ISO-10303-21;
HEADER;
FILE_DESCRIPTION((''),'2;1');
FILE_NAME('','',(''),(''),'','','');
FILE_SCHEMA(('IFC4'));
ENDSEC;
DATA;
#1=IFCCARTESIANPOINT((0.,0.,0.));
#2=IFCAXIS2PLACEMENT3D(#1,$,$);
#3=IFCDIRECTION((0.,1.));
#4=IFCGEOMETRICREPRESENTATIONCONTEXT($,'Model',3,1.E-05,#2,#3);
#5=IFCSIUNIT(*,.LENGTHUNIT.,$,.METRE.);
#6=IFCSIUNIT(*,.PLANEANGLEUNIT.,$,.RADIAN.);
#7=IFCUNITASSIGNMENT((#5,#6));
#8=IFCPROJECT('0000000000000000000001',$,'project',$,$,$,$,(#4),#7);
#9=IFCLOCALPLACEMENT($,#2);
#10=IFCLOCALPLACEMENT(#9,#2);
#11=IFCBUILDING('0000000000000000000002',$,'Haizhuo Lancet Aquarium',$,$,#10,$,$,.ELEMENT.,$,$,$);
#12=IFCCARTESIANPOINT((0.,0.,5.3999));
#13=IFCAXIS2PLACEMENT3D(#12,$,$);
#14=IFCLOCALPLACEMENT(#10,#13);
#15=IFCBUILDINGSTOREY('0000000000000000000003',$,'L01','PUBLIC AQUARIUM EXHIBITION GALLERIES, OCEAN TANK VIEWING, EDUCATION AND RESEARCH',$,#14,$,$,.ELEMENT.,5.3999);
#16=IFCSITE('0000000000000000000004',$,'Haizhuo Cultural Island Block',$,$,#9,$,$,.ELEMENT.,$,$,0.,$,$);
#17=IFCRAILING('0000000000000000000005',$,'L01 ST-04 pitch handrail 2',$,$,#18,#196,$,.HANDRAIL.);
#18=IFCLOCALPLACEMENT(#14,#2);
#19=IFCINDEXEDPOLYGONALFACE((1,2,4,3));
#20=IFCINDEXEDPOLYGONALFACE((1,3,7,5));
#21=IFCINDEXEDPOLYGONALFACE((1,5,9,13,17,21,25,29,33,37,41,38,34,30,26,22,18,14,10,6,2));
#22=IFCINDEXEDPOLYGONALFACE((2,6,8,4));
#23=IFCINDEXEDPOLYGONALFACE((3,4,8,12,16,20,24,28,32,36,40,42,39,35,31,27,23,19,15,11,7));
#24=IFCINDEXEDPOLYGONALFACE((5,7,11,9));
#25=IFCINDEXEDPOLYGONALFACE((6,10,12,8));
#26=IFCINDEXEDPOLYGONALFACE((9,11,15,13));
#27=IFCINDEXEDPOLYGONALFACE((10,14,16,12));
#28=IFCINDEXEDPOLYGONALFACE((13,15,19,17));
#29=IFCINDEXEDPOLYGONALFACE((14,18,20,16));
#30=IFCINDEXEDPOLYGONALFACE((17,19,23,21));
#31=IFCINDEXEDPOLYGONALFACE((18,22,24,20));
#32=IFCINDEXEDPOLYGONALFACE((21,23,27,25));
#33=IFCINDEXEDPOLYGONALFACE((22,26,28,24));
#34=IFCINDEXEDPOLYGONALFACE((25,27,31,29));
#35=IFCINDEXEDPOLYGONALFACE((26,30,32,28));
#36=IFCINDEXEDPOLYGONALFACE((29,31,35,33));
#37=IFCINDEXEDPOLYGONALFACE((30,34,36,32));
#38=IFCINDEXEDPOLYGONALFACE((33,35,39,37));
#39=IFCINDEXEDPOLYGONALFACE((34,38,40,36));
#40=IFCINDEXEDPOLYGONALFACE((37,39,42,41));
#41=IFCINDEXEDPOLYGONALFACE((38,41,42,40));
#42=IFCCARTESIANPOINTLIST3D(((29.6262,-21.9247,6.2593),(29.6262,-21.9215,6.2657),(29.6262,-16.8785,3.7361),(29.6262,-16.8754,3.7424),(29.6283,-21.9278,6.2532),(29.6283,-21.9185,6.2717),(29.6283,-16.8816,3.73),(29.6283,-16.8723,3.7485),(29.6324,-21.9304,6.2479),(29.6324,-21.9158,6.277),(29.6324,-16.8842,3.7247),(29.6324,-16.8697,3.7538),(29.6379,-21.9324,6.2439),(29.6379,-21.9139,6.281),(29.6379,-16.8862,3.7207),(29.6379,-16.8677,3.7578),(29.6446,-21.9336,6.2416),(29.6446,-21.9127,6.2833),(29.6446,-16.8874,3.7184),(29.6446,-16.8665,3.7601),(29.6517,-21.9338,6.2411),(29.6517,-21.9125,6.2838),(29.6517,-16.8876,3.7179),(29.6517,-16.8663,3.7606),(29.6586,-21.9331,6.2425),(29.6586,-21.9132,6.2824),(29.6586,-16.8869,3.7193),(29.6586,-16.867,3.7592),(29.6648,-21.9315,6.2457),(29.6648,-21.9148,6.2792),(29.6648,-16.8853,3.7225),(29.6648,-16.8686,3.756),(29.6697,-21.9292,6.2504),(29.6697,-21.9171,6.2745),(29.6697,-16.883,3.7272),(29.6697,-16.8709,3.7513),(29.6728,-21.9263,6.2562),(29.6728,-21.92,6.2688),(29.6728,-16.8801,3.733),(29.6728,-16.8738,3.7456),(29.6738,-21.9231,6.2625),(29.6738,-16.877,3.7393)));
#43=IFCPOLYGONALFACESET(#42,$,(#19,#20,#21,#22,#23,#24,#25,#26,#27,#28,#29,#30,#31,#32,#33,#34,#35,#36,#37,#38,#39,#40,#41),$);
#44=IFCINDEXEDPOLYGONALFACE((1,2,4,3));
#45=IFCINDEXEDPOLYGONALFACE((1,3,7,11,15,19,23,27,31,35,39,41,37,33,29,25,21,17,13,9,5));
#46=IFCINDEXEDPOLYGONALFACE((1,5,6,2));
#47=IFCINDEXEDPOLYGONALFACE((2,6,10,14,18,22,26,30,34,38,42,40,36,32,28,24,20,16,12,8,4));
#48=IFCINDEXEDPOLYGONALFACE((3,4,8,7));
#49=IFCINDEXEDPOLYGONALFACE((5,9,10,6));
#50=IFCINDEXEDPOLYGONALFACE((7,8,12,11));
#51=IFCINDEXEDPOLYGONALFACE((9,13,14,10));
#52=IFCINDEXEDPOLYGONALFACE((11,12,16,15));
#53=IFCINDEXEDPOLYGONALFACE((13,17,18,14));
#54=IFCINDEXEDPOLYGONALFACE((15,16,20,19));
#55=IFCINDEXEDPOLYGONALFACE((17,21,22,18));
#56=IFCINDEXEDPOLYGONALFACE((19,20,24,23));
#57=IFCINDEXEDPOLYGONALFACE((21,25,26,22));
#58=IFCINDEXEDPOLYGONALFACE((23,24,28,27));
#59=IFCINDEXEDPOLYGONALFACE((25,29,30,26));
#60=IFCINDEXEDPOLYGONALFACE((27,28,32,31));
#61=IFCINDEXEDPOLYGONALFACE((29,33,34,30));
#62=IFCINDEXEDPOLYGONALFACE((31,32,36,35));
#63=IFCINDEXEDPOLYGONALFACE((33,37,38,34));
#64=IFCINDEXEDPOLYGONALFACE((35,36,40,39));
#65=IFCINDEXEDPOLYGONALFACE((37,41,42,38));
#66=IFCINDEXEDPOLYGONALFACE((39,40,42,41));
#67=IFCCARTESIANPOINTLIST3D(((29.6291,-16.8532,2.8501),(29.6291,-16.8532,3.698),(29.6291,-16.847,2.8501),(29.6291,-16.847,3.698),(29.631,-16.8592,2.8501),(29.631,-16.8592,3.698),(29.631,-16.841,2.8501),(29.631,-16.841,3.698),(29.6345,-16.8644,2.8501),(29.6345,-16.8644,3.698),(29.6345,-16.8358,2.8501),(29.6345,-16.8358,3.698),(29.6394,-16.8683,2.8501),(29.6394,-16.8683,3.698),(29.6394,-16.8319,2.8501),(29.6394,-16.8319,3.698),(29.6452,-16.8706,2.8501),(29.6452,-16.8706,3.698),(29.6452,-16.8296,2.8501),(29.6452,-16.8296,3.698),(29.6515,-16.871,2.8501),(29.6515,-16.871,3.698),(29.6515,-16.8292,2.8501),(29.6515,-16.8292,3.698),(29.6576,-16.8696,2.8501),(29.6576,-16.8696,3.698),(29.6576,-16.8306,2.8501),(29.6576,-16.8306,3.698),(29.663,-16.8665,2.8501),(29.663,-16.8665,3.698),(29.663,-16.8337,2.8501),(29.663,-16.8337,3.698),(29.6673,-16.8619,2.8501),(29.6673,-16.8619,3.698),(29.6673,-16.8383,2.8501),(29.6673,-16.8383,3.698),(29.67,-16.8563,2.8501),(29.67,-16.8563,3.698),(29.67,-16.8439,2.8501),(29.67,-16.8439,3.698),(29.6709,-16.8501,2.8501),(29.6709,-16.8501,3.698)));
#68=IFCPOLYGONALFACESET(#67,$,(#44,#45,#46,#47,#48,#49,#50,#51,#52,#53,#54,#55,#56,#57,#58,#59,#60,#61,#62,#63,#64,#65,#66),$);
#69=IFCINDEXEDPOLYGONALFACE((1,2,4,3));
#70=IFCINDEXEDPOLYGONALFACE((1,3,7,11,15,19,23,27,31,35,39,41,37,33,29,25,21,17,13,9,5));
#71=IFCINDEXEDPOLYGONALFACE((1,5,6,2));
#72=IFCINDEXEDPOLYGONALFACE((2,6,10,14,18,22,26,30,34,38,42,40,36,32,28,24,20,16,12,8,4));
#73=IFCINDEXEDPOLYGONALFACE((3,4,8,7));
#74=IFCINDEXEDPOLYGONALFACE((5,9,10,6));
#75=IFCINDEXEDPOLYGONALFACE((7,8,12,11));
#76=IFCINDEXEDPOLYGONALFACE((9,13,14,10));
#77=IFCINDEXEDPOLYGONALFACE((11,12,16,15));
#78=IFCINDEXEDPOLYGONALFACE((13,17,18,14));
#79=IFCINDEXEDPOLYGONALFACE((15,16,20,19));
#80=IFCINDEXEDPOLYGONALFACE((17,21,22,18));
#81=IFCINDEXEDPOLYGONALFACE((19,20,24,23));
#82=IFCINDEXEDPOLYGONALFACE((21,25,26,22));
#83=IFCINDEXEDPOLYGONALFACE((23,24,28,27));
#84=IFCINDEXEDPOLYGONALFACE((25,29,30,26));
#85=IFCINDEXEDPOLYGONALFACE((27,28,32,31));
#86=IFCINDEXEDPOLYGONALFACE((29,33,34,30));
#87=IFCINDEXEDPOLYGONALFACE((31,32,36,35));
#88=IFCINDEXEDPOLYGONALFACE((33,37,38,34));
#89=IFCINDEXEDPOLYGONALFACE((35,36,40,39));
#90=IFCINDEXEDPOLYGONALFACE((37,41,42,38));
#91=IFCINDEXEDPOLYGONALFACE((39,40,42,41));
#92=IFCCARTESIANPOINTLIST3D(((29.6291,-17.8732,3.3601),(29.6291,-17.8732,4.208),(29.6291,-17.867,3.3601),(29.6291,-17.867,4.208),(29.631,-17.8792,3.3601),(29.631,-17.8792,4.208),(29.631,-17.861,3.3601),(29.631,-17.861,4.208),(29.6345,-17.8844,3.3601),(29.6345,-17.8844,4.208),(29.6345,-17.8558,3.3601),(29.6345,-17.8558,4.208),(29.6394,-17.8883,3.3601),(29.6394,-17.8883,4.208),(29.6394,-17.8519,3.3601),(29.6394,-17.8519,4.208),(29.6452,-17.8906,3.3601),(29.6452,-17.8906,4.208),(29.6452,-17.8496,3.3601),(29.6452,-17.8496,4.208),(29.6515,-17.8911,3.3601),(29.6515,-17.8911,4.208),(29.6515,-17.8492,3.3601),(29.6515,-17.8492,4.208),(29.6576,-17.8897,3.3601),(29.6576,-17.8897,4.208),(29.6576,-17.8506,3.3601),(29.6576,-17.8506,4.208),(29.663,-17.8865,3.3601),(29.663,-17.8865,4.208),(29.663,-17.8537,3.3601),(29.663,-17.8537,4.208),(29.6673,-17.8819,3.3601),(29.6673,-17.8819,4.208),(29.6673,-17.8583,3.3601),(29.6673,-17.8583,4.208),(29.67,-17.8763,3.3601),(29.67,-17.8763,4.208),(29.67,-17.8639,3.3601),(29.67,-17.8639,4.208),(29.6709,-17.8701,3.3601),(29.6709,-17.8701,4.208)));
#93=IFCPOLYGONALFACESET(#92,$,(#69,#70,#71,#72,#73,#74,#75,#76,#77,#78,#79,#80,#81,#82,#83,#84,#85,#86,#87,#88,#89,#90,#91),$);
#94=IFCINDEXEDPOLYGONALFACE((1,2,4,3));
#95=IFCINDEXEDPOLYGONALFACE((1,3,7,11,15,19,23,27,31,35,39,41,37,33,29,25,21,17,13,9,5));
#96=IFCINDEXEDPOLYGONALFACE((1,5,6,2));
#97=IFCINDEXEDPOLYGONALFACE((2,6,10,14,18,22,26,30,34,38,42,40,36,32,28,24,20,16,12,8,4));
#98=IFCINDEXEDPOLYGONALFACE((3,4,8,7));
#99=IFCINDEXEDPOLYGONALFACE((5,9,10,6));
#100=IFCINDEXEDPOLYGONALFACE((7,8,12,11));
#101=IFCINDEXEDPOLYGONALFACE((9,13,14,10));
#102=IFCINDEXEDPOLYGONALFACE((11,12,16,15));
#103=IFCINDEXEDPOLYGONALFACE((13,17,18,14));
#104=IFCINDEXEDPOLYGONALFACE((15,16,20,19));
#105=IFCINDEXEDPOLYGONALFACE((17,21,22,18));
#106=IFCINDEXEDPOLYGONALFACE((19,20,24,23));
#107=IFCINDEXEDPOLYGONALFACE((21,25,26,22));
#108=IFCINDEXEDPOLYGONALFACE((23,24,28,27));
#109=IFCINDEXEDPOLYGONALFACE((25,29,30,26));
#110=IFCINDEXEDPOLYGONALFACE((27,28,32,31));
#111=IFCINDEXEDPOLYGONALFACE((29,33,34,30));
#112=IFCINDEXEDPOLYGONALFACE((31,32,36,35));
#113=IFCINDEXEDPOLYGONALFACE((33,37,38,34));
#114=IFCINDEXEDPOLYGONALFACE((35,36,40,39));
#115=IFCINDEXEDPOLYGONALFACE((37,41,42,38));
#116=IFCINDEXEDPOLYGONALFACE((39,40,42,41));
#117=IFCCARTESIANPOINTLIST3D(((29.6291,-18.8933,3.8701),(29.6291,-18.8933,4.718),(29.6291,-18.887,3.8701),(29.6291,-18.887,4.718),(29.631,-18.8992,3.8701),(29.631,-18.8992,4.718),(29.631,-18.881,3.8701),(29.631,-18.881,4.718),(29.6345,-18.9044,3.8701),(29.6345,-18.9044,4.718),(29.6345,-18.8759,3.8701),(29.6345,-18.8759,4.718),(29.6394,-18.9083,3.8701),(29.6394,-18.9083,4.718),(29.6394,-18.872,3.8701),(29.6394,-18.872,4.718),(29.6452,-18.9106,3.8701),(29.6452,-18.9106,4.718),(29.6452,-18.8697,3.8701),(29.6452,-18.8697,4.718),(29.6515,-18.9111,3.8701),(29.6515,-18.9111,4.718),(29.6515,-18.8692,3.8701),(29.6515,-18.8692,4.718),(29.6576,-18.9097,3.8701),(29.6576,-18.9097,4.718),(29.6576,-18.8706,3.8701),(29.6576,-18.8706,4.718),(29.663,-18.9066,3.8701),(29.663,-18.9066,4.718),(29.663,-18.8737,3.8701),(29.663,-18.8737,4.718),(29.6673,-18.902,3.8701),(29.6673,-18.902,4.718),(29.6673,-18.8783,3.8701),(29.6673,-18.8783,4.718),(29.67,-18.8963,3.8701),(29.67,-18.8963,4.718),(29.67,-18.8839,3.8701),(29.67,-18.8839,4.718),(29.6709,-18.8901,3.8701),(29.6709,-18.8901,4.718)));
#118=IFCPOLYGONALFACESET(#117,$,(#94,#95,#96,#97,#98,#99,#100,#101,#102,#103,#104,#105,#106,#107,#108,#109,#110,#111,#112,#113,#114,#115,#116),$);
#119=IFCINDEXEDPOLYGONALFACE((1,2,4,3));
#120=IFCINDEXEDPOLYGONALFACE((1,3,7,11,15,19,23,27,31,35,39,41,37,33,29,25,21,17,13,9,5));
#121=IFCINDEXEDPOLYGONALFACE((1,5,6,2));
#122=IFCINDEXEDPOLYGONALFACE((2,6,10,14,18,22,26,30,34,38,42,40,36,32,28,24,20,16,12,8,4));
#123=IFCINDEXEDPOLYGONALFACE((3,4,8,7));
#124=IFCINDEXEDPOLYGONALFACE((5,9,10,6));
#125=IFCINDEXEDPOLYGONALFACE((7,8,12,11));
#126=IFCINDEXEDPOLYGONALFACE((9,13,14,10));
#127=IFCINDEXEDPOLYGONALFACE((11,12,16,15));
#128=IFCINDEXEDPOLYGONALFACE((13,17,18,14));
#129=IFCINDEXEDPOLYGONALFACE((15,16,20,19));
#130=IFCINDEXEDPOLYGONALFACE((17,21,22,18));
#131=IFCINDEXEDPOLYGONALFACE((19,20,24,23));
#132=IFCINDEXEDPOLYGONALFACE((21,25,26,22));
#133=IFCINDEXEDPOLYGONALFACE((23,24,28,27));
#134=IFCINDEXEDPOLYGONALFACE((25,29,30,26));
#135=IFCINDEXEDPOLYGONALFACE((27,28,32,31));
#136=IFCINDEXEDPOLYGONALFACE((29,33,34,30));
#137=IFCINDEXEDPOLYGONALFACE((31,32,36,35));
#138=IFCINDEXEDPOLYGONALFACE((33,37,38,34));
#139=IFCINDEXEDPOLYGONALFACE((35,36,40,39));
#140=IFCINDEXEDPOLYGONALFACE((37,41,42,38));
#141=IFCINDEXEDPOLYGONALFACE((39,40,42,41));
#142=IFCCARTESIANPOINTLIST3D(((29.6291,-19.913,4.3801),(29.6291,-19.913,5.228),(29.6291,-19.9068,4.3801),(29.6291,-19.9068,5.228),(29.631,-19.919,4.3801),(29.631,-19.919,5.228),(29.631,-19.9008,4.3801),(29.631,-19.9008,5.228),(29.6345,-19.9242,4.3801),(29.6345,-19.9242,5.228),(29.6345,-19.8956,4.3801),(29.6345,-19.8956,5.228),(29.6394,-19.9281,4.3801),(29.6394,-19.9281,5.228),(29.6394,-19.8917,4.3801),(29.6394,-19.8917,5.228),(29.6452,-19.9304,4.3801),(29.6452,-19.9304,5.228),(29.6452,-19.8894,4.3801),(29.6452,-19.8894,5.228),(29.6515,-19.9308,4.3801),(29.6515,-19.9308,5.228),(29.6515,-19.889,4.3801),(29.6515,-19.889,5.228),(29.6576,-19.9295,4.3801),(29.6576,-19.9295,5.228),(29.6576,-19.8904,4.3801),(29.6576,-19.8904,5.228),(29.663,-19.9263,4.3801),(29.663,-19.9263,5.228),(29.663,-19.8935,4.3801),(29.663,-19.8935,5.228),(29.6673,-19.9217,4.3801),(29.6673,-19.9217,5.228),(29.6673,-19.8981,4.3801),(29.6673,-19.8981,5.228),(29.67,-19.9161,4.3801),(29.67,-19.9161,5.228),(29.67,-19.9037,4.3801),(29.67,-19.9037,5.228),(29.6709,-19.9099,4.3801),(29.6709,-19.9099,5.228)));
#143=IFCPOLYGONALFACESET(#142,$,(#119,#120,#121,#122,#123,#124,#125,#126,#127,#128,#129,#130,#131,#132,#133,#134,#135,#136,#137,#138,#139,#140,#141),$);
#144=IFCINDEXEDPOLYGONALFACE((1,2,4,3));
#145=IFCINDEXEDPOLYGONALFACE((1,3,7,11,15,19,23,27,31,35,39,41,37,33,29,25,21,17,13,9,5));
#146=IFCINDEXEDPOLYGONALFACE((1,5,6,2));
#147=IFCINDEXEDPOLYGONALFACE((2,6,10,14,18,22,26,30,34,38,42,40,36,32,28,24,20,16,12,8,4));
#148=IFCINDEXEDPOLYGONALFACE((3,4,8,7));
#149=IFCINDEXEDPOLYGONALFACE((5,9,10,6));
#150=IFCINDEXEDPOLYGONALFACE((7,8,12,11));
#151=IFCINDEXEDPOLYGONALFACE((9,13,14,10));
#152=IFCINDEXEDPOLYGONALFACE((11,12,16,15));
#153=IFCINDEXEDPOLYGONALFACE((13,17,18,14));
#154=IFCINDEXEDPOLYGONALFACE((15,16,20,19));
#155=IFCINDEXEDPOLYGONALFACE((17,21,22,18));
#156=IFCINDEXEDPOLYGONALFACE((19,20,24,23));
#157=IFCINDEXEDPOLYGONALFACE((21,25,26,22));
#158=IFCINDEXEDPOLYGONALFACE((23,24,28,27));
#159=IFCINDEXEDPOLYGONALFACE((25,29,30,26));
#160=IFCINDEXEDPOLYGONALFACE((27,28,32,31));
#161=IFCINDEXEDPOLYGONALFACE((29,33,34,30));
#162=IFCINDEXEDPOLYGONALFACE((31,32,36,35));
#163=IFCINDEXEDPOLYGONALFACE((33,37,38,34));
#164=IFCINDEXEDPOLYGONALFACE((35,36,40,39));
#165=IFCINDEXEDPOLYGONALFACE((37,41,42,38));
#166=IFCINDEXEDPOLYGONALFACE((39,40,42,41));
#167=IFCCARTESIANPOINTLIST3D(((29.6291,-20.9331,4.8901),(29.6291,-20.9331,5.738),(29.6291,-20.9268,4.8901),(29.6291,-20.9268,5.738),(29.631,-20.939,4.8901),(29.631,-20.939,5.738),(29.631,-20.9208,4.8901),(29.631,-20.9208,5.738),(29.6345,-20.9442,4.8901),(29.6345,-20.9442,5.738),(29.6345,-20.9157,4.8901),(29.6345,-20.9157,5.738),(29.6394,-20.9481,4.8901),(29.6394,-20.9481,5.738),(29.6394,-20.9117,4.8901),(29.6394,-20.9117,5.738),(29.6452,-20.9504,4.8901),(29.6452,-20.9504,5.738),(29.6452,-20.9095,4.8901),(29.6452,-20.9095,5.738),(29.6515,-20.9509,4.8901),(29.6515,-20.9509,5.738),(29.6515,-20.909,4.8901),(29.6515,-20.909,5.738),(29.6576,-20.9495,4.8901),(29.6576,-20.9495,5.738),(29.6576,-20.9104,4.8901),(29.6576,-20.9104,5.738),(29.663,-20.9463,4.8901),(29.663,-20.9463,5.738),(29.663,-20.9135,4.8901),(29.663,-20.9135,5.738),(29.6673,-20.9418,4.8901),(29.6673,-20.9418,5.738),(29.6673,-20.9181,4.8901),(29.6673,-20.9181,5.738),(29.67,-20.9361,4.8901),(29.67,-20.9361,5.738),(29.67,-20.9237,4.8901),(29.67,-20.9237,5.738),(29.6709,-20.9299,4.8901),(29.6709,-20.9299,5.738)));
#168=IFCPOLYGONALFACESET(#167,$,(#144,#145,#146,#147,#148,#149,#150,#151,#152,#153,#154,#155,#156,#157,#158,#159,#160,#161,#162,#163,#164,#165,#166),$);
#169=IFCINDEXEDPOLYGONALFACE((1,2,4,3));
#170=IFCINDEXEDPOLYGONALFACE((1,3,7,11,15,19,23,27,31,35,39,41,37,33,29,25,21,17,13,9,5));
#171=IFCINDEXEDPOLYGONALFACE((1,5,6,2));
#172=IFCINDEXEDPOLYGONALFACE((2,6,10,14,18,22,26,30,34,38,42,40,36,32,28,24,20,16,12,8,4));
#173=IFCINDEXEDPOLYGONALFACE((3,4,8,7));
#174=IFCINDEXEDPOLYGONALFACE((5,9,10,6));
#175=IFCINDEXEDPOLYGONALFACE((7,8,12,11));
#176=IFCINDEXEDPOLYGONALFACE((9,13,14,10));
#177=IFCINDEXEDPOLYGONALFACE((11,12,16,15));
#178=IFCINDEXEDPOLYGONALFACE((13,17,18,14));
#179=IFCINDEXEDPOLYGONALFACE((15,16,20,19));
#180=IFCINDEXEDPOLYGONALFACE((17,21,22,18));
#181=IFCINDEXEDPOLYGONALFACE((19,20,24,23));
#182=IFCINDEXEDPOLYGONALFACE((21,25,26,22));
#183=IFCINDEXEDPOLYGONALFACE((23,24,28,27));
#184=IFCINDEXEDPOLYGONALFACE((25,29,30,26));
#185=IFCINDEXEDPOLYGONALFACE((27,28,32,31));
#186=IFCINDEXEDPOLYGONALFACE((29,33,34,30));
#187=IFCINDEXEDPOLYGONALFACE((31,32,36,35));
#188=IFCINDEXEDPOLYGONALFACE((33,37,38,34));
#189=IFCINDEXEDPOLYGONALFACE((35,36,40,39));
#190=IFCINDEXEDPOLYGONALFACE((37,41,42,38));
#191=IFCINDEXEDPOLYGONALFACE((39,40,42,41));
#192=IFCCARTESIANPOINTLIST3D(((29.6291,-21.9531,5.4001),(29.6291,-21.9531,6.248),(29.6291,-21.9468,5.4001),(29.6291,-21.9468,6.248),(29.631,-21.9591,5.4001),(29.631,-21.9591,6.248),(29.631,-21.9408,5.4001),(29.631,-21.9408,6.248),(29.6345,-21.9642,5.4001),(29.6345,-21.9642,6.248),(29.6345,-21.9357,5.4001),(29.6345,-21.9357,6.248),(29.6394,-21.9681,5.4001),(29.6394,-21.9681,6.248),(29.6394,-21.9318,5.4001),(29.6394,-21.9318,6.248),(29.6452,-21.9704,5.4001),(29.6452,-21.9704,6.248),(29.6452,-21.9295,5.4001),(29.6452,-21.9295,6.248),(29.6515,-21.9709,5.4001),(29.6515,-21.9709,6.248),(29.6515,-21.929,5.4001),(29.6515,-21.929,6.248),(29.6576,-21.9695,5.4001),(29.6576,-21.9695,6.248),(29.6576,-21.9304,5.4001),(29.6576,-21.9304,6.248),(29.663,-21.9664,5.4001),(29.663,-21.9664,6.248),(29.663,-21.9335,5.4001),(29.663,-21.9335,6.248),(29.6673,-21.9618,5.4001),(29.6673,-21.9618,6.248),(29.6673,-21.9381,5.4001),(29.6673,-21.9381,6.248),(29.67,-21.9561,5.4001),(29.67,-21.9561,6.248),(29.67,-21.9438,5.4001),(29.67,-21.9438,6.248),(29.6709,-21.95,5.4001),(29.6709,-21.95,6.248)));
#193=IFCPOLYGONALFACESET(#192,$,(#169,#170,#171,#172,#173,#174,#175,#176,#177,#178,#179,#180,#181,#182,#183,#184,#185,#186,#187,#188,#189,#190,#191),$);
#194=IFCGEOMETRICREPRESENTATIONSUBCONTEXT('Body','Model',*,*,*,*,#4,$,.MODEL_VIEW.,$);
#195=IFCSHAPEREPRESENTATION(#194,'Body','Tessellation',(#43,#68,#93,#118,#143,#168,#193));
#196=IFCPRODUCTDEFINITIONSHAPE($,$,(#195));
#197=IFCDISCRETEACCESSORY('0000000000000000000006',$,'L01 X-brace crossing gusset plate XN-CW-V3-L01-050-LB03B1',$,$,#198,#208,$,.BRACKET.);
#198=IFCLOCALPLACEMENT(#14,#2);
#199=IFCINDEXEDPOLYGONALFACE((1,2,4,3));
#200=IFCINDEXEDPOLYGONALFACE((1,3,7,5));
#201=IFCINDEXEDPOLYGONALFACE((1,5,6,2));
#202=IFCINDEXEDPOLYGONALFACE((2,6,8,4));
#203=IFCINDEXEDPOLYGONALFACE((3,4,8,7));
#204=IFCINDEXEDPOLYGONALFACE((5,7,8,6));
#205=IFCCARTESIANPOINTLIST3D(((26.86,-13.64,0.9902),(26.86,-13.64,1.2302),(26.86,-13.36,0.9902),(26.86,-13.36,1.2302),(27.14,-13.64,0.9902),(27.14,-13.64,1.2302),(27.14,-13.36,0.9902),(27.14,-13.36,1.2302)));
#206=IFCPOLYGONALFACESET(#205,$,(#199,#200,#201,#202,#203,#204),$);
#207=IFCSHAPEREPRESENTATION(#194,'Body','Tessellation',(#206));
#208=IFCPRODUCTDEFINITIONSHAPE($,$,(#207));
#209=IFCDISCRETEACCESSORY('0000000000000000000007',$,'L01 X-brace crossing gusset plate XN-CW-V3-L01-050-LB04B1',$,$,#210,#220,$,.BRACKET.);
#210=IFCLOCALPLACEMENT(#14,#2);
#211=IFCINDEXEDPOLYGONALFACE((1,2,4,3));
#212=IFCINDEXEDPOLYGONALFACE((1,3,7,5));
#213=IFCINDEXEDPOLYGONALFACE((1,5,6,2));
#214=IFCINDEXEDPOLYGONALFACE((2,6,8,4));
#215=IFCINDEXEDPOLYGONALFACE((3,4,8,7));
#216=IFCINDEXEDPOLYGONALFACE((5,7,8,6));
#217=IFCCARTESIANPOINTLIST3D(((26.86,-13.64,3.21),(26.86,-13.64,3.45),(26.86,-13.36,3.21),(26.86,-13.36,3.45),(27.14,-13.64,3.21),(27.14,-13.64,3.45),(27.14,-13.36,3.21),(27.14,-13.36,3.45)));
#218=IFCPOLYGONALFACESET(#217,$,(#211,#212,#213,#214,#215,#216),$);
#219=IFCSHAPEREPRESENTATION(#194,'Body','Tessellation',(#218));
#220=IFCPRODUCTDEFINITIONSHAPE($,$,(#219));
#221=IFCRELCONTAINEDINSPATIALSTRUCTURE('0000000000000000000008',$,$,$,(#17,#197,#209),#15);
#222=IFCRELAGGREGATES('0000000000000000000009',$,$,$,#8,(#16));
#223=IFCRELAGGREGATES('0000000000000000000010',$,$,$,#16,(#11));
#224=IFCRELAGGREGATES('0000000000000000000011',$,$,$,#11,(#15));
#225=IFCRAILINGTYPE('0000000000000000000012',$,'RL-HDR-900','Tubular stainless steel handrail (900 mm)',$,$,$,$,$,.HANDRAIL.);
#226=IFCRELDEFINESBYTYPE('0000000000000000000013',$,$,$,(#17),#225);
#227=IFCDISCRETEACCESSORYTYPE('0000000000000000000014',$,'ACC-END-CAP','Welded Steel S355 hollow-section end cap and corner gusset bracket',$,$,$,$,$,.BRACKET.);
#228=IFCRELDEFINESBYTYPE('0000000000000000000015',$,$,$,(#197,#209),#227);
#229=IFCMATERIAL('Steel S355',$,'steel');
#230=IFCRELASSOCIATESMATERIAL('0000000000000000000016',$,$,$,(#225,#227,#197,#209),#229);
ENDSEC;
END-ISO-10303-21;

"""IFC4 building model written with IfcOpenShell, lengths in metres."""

from ifc_helpers import new_model, si_unit, direction, frame, origin, origin_2d, place, context, subcontext, project, spatial, rectangle, circle, extrude, material, type_object, element, save


model = new_model("IFC4")

# Units and contexts
model_context = context("Model", 3, precision=1e-05, world=origin(), true_north=direction((0.0, 1.0)))
body_context = subcontext(model_context, "Body", "Model", "MODEL_VIEW")
ifc_project = project(units=[si_unit("LENGTHUNIT", "METRE"), si_unit("PLANEANGLEUNIT", "RADIAN")], contexts=[model_context])

# Site, building, storey
site_placement = place(None, origin())
site = spatial("IfcSite", under=ifc_project, at=site_placement, Name="Haizhuo Cultural Island Block", CompositionType="ELEMENT", RefElevation=0.0)
building_placement = place(site_placement, origin())
building = spatial("IfcBuilding", under=site, at=building_placement, Name="Haizhuo Lancet Aquarium", CompositionType="ELEMENT")
storey_placement = place(building_placement, frame((0.0, 0.0, 5.3999)))
storey = spatial("IfcBuildingStorey", under=building, at=storey_placement, Name="L01", Description="PUBLIC AQUARIUM EXHIBITION GALLERIES, OCEAN TANK VIEWING, EDUCATION AND RESEARCH", CompositionType="ELEMENT", Elevation=5.3999)

# Shared definitions
ifc_material_1 = material(Name="Steel S355", Category="steel")

# Railing
railing_type_1 = type_object("IfcRailingType", Name="RL-HDR-900", Description="Tubular stainless steel handrail (900 mm)", PredefinedType="HANDRAIL", material=ifc_material_1)
railing_1_placement = place(storey_placement, frame((29.6499, -16.8501, 2.8501)))
element("IfcRailing", 1, at=railing_1_placement, inside=storey, type_object=railing_type_1, Name="L01 ST-04 pitch handrail 2", PredefinedType="HANDRAIL", context=body_context, shape_type="SweptSolid", body=[
    extrude(circle(Radius=0.0239, at=origin_2d()), frame((0.0, -0.0269, 0.8892), z_axis=(0.0, -0.894419, 0.447231), x_axis=(1.0, 0.0, 0.0)), (0.0, 0.0, 1.0), 5.6418),
    extrude(circle(Radius=0.021, at=origin_2d()), origin(), (0.0, 0.0, 1.0), 0.8479),
    extrude(circle(Radius=0.021, at=origin_2d()), frame((0.0, -1.02, 0.51)), (0.0, 0.0, 1.0), 0.8479),
    extrude(circle(Radius=0.021, at=origin_2d()), frame((0.0, -2.04, 1.02)), (0.0, 0.0, 1.0), 0.8479),
    extrude(circle(Radius=0.021, at=origin_2d()), frame((0.0, -3.0598, 1.53)), (0.0, 0.0, 1.0), 0.8479),
    extrude(circle(Radius=0.021, at=origin_2d()), frame((0.0, -4.0798, 2.04)), (0.0, 0.0, 1.0), 0.8479),
    extrude(circle(Radius=0.021, at=origin_2d()), frame((0.0, -5.0999, 2.55)), (0.0, 0.0, 1.0), 0.8479),
])

# Discrete accessories
discrete_accessory_type = type_object("IfcDiscreteAccessoryType", Name="ACC-END-CAP", Description="Welded Steel S355 hollow-section end cap and corner gusset bracket", PredefinedType="BRACKET", material=ifc_material_1)
for number, where, z_axis, x_axis, name in (
    (2, (27.0, -13.5, 0.9902), (0.0, 0.0, 1.0), (1.0, 0.0, 0.0), "L01 X-brace crossing gusset plate XN-CW-V3-L01-050-LB03B1"),
    (3, (27.0, -13.5, 3.21), (0.0, 0.0, 1.0), (1.0, 0.0, 0.0), "L01 X-brace crossing gusset plate XN-CW-V3-L01-050-LB04B1"),
):
    element("IfcDiscreteAccessory", number, at=place(storey_placement, frame(where, z_axis=z_axis, x_axis=x_axis)), inside=storey, type_object=discrete_accessory_type, material=ifc_material_1, Name=name, PredefinedType="BRACKET", context=body_context, shape_type="SweptSolid", body=[
        extrude(rectangle(XDim=0.28, YDim=0.28, at=origin_2d()), origin(), (0.0, 0.0, 1.0), 0.24),
    ])

save(model, "model.ifc")
